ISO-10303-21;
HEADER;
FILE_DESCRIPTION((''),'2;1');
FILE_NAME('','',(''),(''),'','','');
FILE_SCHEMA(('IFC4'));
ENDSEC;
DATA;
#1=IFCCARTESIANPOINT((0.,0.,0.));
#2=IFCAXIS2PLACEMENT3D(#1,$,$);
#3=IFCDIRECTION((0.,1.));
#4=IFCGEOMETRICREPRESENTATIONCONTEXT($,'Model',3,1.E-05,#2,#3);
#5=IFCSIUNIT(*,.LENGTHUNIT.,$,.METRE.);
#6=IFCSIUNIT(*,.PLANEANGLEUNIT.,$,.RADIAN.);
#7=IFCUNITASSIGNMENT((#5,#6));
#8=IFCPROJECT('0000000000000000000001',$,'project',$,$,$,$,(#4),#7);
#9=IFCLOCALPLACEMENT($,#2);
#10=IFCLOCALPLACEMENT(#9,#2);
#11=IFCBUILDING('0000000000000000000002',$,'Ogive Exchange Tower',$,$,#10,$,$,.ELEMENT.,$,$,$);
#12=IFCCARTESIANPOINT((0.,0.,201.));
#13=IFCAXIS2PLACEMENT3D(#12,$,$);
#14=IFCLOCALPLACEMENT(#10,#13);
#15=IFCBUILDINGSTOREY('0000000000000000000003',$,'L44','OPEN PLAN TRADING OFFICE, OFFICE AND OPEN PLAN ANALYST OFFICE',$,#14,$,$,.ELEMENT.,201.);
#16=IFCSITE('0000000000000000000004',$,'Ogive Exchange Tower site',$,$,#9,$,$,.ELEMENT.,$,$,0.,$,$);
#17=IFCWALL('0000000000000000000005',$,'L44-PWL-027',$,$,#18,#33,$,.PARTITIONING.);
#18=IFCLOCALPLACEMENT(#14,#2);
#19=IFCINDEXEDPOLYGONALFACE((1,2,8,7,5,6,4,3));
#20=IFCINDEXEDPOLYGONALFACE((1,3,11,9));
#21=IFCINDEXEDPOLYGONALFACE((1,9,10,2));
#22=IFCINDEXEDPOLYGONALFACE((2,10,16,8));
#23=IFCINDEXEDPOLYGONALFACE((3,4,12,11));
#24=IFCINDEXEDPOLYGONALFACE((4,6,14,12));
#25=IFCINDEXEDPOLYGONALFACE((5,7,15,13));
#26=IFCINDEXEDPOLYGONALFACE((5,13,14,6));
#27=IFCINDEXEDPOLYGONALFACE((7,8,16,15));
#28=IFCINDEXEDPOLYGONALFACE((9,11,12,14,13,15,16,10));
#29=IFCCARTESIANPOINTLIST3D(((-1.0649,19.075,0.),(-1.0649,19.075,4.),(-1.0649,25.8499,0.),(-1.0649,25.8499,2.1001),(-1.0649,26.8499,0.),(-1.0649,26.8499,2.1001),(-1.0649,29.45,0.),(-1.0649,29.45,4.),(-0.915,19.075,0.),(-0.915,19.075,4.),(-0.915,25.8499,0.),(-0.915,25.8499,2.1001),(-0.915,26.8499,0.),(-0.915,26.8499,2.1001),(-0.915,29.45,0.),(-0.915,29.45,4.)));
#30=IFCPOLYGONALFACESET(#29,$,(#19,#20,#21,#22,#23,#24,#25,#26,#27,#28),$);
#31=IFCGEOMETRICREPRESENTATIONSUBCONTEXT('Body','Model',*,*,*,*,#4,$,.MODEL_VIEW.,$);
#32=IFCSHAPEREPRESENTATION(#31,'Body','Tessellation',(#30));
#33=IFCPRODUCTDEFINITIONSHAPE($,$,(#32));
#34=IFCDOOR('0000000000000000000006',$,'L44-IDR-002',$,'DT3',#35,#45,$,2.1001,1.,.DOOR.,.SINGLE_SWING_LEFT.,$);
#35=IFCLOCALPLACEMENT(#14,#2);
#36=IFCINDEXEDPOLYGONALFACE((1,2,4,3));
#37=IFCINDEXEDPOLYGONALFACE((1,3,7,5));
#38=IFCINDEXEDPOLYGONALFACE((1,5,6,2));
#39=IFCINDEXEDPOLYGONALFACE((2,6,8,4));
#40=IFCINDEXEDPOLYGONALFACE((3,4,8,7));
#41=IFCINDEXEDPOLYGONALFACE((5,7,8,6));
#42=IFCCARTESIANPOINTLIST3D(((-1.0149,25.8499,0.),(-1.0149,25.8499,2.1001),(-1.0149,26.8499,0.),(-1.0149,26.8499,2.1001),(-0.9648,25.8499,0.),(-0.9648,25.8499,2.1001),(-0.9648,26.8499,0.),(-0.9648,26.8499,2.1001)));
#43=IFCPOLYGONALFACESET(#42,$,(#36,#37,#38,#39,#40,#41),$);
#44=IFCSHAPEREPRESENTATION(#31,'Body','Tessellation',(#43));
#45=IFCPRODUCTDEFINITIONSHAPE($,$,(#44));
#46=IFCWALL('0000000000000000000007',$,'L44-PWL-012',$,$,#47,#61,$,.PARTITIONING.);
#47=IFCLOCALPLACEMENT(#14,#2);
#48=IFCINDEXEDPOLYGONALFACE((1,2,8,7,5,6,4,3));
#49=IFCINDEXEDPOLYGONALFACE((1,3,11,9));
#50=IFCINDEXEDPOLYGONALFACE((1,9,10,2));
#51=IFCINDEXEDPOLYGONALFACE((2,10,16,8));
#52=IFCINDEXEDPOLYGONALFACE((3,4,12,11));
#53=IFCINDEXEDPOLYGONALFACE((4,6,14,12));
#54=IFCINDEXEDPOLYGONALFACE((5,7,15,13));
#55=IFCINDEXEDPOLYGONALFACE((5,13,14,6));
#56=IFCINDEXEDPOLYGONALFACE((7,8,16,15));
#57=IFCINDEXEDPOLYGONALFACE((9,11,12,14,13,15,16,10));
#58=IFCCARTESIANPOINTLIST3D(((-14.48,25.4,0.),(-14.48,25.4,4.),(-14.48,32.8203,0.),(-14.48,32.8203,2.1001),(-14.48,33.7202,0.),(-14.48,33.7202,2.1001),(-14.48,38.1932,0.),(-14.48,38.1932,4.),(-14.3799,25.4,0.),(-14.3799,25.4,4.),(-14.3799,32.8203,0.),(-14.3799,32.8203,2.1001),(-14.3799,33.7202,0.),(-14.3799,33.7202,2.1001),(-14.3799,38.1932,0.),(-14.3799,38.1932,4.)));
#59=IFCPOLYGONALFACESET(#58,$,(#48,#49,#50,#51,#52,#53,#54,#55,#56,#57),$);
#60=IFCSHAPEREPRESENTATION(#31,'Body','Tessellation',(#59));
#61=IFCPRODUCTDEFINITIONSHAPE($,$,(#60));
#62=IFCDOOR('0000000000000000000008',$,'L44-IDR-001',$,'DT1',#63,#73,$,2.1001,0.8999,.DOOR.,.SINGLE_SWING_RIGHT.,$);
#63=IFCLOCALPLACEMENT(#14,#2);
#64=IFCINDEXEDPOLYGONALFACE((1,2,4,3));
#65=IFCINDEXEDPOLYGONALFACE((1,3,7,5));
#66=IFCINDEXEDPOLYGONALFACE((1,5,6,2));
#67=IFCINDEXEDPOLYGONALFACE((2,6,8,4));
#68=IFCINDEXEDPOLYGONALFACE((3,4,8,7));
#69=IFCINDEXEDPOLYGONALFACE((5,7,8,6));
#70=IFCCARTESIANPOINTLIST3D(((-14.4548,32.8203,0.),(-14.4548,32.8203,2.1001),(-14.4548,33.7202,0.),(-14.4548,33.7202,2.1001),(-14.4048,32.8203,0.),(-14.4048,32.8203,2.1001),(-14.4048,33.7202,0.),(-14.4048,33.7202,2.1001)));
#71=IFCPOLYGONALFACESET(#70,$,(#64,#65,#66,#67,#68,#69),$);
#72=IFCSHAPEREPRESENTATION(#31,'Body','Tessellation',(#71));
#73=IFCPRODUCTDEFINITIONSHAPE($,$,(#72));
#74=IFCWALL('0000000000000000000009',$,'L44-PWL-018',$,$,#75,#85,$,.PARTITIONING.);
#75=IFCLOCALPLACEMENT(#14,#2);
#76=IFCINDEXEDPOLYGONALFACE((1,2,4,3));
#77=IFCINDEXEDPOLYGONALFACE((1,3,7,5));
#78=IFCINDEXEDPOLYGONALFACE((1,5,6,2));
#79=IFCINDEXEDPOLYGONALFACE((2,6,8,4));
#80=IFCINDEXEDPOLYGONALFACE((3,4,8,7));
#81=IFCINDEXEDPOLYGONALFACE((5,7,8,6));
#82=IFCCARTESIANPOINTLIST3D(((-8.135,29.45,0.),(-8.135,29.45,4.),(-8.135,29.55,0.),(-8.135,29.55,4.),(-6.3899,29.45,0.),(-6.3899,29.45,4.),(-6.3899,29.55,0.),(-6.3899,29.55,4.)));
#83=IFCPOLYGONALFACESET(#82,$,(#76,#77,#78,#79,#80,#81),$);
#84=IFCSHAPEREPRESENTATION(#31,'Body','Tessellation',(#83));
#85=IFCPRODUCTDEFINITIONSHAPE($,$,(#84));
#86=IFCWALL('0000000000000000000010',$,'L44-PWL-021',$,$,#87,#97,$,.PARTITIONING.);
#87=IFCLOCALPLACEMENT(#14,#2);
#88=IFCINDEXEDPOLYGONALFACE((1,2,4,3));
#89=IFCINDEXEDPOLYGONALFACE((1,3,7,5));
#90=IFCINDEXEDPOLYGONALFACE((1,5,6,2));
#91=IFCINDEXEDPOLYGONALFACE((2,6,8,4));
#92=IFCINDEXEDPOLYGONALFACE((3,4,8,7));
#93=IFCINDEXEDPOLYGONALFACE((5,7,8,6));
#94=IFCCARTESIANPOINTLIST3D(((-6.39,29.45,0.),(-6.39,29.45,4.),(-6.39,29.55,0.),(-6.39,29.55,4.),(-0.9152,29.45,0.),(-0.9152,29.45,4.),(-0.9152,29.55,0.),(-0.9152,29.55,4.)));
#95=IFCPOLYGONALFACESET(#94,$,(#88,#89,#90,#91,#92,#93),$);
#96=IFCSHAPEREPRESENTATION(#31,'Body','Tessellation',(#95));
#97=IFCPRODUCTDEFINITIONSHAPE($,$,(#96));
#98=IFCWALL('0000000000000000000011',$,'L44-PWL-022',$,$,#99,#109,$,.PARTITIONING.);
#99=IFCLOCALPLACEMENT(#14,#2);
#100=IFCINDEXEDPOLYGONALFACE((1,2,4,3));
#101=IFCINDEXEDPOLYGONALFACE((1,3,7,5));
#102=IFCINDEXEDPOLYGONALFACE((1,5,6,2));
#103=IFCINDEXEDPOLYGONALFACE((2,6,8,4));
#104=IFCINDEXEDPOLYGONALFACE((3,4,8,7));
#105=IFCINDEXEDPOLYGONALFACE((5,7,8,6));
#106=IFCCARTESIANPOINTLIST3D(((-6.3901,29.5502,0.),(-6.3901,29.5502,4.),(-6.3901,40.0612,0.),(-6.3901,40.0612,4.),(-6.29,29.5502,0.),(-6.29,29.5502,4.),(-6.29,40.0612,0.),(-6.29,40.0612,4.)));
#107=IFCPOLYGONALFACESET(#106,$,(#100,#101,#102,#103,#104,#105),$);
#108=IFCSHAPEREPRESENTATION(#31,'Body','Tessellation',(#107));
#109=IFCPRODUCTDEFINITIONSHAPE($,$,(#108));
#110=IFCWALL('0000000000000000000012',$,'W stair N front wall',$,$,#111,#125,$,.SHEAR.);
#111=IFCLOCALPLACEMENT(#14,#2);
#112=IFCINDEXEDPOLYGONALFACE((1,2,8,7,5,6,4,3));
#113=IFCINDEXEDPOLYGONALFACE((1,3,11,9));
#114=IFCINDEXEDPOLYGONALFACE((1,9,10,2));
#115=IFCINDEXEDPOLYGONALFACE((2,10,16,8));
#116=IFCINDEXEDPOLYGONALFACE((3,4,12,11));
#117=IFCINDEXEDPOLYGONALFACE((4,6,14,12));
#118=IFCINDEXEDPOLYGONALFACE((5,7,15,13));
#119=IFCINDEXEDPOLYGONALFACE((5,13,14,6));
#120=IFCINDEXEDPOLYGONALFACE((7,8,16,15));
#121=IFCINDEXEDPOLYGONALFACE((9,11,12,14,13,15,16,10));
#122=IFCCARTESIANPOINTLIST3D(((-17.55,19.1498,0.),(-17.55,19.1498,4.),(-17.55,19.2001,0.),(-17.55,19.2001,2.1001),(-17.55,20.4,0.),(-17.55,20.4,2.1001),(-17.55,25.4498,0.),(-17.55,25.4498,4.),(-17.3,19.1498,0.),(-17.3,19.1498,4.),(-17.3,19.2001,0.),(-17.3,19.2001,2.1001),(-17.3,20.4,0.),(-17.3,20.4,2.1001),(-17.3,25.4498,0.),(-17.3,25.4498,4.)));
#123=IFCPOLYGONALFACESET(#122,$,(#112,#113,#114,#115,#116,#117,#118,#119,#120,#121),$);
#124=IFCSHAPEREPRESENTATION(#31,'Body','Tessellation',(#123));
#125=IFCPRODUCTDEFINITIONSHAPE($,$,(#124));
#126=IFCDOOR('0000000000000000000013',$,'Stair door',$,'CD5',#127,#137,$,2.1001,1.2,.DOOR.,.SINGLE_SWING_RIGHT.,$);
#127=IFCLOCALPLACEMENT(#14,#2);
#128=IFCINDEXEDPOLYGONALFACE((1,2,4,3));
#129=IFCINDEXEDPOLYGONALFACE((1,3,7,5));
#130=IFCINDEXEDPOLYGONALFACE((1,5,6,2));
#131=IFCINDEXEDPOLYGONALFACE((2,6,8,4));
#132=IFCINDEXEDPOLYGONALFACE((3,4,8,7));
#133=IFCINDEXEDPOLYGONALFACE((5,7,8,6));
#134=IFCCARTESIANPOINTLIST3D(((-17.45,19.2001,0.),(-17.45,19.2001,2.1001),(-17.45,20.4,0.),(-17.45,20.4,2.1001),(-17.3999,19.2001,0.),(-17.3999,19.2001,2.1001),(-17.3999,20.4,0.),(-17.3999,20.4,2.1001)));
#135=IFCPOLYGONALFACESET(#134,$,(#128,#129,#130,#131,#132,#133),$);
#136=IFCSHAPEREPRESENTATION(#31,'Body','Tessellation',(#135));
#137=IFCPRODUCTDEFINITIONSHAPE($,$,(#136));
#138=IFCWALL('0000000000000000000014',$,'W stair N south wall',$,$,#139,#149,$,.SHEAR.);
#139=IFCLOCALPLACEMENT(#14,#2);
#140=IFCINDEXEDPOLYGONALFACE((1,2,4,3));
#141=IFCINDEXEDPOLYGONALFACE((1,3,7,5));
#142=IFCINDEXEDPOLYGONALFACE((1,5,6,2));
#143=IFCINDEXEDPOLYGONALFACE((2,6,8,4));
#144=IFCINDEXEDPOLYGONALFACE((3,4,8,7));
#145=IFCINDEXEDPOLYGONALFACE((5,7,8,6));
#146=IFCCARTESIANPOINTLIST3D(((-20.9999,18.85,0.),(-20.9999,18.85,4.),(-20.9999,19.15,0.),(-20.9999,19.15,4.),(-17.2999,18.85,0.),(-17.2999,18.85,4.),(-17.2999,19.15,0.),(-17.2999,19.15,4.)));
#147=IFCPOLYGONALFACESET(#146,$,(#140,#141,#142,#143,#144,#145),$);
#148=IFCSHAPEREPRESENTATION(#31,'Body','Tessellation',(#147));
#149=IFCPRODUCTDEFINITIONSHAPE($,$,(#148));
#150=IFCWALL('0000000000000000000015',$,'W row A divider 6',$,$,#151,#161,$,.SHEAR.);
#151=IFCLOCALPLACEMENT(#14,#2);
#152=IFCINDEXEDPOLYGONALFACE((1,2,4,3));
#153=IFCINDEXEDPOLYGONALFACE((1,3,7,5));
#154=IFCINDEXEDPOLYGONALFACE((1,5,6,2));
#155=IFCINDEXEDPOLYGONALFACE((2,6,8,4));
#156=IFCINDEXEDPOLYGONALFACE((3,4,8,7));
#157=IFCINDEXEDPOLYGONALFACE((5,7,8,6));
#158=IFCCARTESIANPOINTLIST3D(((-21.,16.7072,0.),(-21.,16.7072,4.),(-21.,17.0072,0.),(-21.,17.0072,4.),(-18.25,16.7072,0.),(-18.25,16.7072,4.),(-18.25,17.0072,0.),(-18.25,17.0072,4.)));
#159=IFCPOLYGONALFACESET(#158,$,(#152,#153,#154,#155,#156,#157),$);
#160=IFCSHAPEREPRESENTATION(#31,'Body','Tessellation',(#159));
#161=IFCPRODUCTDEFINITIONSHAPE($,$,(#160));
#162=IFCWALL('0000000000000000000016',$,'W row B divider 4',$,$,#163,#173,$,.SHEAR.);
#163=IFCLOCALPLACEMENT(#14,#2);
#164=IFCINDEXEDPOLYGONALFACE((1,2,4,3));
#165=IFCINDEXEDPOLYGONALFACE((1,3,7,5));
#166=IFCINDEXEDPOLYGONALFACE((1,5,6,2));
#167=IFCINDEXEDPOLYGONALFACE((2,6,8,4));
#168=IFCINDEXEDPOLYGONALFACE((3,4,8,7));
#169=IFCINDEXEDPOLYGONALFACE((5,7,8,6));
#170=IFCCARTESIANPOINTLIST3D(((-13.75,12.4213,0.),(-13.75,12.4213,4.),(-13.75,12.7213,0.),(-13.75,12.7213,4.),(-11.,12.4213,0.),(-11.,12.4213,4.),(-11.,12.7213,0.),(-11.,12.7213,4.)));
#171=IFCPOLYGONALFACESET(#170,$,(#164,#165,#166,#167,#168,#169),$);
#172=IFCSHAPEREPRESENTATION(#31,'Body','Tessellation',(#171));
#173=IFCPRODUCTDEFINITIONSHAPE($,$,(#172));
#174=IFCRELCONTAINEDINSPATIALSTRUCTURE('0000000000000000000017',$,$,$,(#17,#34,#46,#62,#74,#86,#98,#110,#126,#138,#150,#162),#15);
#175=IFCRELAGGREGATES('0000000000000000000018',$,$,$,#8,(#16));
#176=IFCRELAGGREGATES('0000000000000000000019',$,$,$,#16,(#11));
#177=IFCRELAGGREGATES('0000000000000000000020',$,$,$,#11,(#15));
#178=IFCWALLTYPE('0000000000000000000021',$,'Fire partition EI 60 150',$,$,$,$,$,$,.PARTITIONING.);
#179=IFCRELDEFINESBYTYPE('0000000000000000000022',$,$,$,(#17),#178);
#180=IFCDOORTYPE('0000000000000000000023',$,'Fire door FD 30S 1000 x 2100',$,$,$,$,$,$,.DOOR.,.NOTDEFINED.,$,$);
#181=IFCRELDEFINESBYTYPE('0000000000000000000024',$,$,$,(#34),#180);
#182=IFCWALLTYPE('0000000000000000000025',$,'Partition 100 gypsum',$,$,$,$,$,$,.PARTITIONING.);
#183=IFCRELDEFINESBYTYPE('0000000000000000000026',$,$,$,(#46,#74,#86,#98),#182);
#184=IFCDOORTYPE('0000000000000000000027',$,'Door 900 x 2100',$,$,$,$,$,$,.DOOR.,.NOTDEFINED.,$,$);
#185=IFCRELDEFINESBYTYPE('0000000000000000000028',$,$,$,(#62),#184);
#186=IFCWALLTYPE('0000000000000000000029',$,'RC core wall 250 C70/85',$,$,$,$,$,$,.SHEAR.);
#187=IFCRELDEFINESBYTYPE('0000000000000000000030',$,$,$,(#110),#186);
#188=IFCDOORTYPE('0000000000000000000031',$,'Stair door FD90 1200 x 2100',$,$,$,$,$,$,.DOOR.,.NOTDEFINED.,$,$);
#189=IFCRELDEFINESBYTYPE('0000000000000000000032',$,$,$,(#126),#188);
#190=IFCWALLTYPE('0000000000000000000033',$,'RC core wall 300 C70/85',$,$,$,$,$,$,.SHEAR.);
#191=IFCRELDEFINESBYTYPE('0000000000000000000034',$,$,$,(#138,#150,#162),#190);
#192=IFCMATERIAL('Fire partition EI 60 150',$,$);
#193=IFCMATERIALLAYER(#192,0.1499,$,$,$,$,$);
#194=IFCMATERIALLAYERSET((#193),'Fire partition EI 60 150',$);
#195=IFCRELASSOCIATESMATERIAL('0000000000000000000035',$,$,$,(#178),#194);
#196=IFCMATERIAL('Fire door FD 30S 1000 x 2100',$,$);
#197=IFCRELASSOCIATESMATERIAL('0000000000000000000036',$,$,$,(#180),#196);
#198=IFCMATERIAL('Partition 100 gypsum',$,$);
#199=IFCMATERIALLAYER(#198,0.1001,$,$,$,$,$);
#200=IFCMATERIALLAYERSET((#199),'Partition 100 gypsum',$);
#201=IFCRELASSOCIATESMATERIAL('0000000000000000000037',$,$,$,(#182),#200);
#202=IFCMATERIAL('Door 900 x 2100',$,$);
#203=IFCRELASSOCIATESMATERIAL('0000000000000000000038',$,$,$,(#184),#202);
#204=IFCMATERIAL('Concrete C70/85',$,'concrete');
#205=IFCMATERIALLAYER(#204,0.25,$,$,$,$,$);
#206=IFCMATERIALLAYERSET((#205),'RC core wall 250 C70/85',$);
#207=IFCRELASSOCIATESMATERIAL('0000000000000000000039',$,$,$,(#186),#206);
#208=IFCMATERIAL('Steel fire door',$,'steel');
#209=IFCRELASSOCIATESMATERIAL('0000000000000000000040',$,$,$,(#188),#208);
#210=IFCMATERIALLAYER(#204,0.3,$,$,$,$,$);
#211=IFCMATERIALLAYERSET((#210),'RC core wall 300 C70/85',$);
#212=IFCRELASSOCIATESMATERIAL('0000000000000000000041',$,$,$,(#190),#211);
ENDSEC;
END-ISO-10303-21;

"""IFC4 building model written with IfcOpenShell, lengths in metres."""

from ifc_helpers import new_model, si_unit, direction, frame, frame_2d, origin, place, context, subcontext, project, spatial, rectangle, extrude, material, layer, layer_set, type_object, element, fill, save


model = new_model("IFC4")

# Units and contexts
model_context = context("Model", 3, precision=1e-05, world=origin(), true_north=direction((0.0, 1.0)))
body_context = subcontext(model_context, "Body", "Model", "MODEL_VIEW")
ifc_project = project(units=[si_unit("LENGTHUNIT", "METRE"), si_unit("PLANEANGLEUNIT", "RADIAN")], contexts=[model_context])

# Site, building, storey
site_placement = place(None, origin())
site = spatial("IfcSite", under=ifc_project, at=site_placement, Name="Ogive Exchange Tower site", CompositionType="ELEMENT", RefElevation=0.0)
building_placement = place(site_placement, origin())
building = spatial("IfcBuilding", under=site, at=building_placement, Name="Ogive Exchange Tower", CompositionType="ELEMENT")
storey_placement = place(building_placement, frame((0.0, 0.0, 201.0)))
storey = spatial("IfcBuildingStorey", under=building, at=storey_placement, Name="L44", Description="OPEN PLAN TRADING OFFICE, OFFICE AND OPEN PLAN ANALYST OFFICE", CompositionType="ELEMENT", Elevation=201.0)

# Shared definitions
ifc_material_1 = material(Name="Fire partition EI 60 150")
ifc_layer_1 = layer(ifc_material_1, 0.1499)
ifc_layer_set_1 = layer_set([ifc_layer_1], Name="Fire partition EI 60 150")
wall_type_1 = type_object("IfcWallType", Name="Fire partition EI 60 150", PredefinedType="PARTITIONING", material=ifc_layer_set_1)

# Shared definitions
ifc_material_2 = material(Name="Fire door FD 30S 1000 x 2100")
door_type_1 = type_object("IfcDoorType", Name="Fire door FD 30S 1000 x 2100", OperationType="NOTDEFINED", PredefinedType="DOOR", material=ifc_material_2)

# Walls, openings, doors
wall_1_placement = place(storey_placement, frame((-0.99, 19.075, 0.0), z_axis=(0.0, 0.0, 1.0), x_axis=(0.0, 1.0, 0.0)))
wall_1 = element("IfcWall", 1, at=wall_1_placement, inside=storey, type_object=wall_type_1, Name="L44-PWL-027", PredefinedType="PARTITIONING", context=body_context, shape_type="SweptSolid", body=[
    extrude(rectangle(XDim=10.375, YDim=0.1499, at=frame_2d((5.1875, 0.0))), origin(), (0.0, 0.0, 1.0), 4.0),
])
opening_1_placement = place(wall_1_placement, frame((6.7749, 0.0, 0.0)))
opening_1 = element("IfcOpeningElement", 2, at=opening_1_placement, cuts=wall_1, PredefinedType="OPENING", context=body_context, shape_type="SweptSolid", body=[
    extrude(rectangle(XDim=1.0, YDim=2.1001, at=frame_2d((0.5, 1.05))), frame((0.0, 0.085, 0.0), z_axis=(0.0, -1.0, 0.0), x_axis=(1.0, 0.0, 0.0)), (0.0, 0.0, 1.0), 0.1699),
])
door_1_placement = place(opening_1_placement, origin())
door_1 = element("IfcDoor", 3, at=door_1_placement, inside=storey, type_object=door_type_1, Name="L44-IDR-002", ObjectType="DT3", OperationType="SINGLE_SWING_LEFT", OverallHeight=2.1001, OverallWidth=1.0, PredefinedType="DOOR", context=body_context, shape_type="SweptSolid", body=[
    extrude(rectangle(XDim=1.0, YDim=2.1001, at=frame_2d((0.5, 1.05))), frame((0.0, 0.0249, 0.0), z_axis=(0.0, -1.0, 0.0), x_axis=(1.0, 0.0, 0.0)), (0.0, 0.0, 1.0), 0.05),
])
fill(opening_1, door_1)
ifc_material_3 = material(Name="Partition 100 gypsum")
ifc_layer_2 = layer(ifc_material_3, 0.1001)
ifc_layer_set_2 = layer_set([ifc_layer_2], Name="Partition 100 gypsum")
wall_type_2 = type_object("IfcWallType", Name="Partition 100 gypsum", PredefinedType="PARTITIONING", material=ifc_layer_set_2)
wall_2_placement = place(storey_placement, frame((-14.4299, 38.1931, 0.0), z_axis=(0.0, 0.0, 1.0), x_axis=(0.0, -1.0, 0.0)))
wall_2 = element("IfcWall", 4, at=wall_2_placement, inside=storey, type_object=wall_type_2, Name="L44-PWL-012", PredefinedType="PARTITIONING", context=body_context, shape_type="SweptSolid", body=[
    extrude(rectangle(XDim=12.7932, YDim=0.1001, at=frame_2d((6.3965, 0.0))), origin(), (0.0, 0.0, 1.0), 4.0),
])
opening_2_placement = place(wall_2_placement, frame((4.4729, 0.0, 0.0)))
opening_2 = element("IfcOpeningElement", 5, at=opening_2_placement, cuts=wall_2, PredefinedType="OPENING", context=body_context, shape_type="SweptSolid", body=[
    extrude(rectangle(XDim=0.8999, YDim=2.1001, at=frame_2d((0.45, 1.05))), frame((0.0, 0.0601, 0.0), z_axis=(0.0, -1.0, 0.0), x_axis=(1.0, 0.0, 0.0)), (0.0, 0.0, 1.0), 0.1201),
])
ifc_material_4 = material(Name="Door 900 x 2100")
door_type_2 = type_object("IfcDoorType", Name="Door 900 x 2100", OperationType="NOTDEFINED", PredefinedType="DOOR", material=ifc_material_4)
door_2_placement = place(opening_2_placement, frame((0.8999, 0.0, 0.0), z_axis=(0.0, 0.0, 1.0), x_axis=(-1.0, 0.0, 0.0)))
door_2 = element("IfcDoor", 6, at=door_2_placement, inside=storey, type_object=door_type_2, Name="L44-IDR-001", ObjectType="DT1", OperationType="SINGLE_SWING_RIGHT", OverallHeight=2.1001, OverallWidth=0.8999, PredefinedType="DOOR", context=body_context, shape_type="SweptSolid", body=[
    extrude(rectangle(XDim=0.8999, YDim=2.1001, at=frame_2d((0.45, 1.05))), frame((0.0, 0.0249, 0.0), z_axis=(0.0, -1.0, 0.0), x_axis=(1.0, 0.0, 0.0)), (0.0, 0.0, 1.0), 0.05),
])
fill(opening_2, door_2)

# Walls
wall_3_placement = place(storey_placement, frame((-8.135, 29.5, 0.0), z_axis=(0.0, 0.0, 1.0), x_axis=(1.0, 0.0, 0.0)))
element("IfcWall", 7, at=wall_3_placement, inside=storey, type_object=wall_type_2, Name="L44-PWL-018", PredefinedType="PARTITIONING", context=body_context, shape_type="SweptSolid", body=[
    extrude(rectangle(XDim=1.7451, YDim=0.1001, at=frame_2d((0.8726, 0.0))), origin(), (0.0, 0.0, 1.0), 4.0),
])
wall_4_placement = place(storey_placement, frame((-6.3899, 29.5, 0.0), z_axis=(0.0, 0.0, 1.0), x_axis=(1.0, 0.0, 0.0)))
element("IfcWall", 8, at=wall_4_placement, inside=storey, type_object=wall_type_2, Name="L44-PWL-021", PredefinedType="PARTITIONING", context=body_context, shape_type="SweptSolid", body=[
    extrude(rectangle(XDim=5.4749, YDim=0.1001, at=frame_2d((2.7373, 0.0))), origin(), (0.0, 0.0, 1.0), 4.0),
])
wall_5_placement = place(storey_placement, frame((-6.3401, 40.061, 0.0), z_axis=(0.0, 0.0, 1.0), x_axis=(0.0, -1.0, 0.0)))
element("IfcWall", 9, at=wall_5_placement, inside=storey, type_object=wall_type_2, Name="L44-PWL-022", PredefinedType="PARTITIONING", context=body_context, shape_type="SweptSolid", body=[
    extrude(rectangle(XDim=10.511, YDim=0.1001, at=frame_2d((5.2554, 0.0))), origin(), (0.0, 0.0, 1.0), 4.0),
])

# Wall, opening, door
ifc_material_5 = material(Name="Concrete C70/85", Category="concrete")
ifc_layer_3 = layer(ifc_material_5, 0.25)
ifc_layer_set_3 = layer_set([ifc_layer_3], Name="RC core wall 250 C70/85")
wall_type_3 = type_object("IfcWallType", Name="RC core wall 250 C70/85", PredefinedType="SHEAR", material=ifc_layer_set_3)
wall_6_placement = place(storey_placement, frame((-17.425, 19.1499, 0.0), z_axis=(0.0, 0.0, 1.0), x_axis=(0.0, 1.0, 0.0)))
wall_6 = element("IfcWall", 10, at=wall_6_placement, inside=storey, type_object=wall_type_3, Name="W stair N front wall", PredefinedType="SHEAR", context=body_context, shape_type="SweptSolid", body=[
    extrude(rectangle(XDim=6.3, YDim=0.25, at=frame_2d((3.1499, 0.0))), origin(), (0.0, 0.0, 1.0), 4.0),
])
opening_3_placement = place(wall_6_placement, frame((0.05, 0.0, 0.0)))
opening_3 = element("IfcOpeningElement", 11, at=opening_3_placement, cuts=wall_6, PredefinedType="OPENING", context=body_context, shape_type="SweptSolid", body=[
    extrude(rectangle(XDim=1.2, YDim=2.1001, at=frame_2d((0.6001, 1.05))), frame((0.0, 0.135, 0.0), z_axis=(0.0, -1.0, 0.0), x_axis=(1.0, 0.0, 0.0)), (0.0, 0.0, 1.0), 0.27),
])
ifc_material_6 = material(Name="Steel fire door", Category="steel")
door_type_3 = type_object("IfcDoorType", Name="Stair door FD90 1200 x 2100", OperationType="NOTDEFINED", PredefinedType="DOOR", material=ifc_material_6)
door_3_placement = place(opening_3_placement, origin())
door_3 = element("IfcDoor", 12, at=door_3_placement, inside=storey, type_object=door_type_3, Name="Stair door", ObjectType="CD5", OperationType="SINGLE_SWING_RIGHT", OverallHeight=2.1001, OverallWidth=1.2, PredefinedType="DOOR", context=body_context, shape_type="SweptSolid", body=[
    extrude(rectangle(XDim=1.2, YDim=2.1001, at=frame_2d((0.6001, 1.05))), frame((0.0, 0.0249, 0.0), z_axis=(0.0, -1.0, 0.0), x_axis=(1.0, 0.0, 0.0)), (0.0, 0.0, 1.0), 0.05),
])
fill(opening_3, door_3)

# Walls
ifc_layer_4 = layer(ifc_material_5, 0.3)
ifc_layer_set_4 = layer_set([ifc_layer_4], Name="RC core wall 300 C70/85")
wall_type_4 = type_object("IfcWallType", Name="RC core wall 300 C70/85", PredefinedType="SHEAR", material=ifc_layer_set_4)
wall_7_placement = place(storey_placement, frame((-21.0, 19.0, 0.0), z_axis=(0.0, 0.0, 1.0), x_axis=(1.0, 0.0, 0.0)))
element("IfcWall", 13, at=wall_7_placement, inside=storey, type_object=wall_type_4, Name="W stair N south wall", PredefinedType="SHEAR", context=body_context, shape_type="SweptSolid", body=[
    extrude(rectangle(XDim=3.7, YDim=0.3, at=frame_2d((1.8501, 0.0))), origin(), (0.0, 0.0, 1.0), 4.0),
])
for number, where, z_axis, x_axis, name in (
    (14, (-21.0, 16.8572, 0.0), (0.0, 0.0, 1.0), (1.0, 0.0, 0.0), "W row A divider 6"),
    (15, (-13.75, 12.5713, 0.0), (0.0, 0.0, 1.0), (1.0, 0.0, 0.0), "W row B divider 4"),
):
    element("IfcWall", number, at=place(storey_placement, frame(where, z_axis=z_axis, x_axis=x_axis)), inside=storey, type_object=wall_type_4, Name=name, PredefinedType="SHEAR", context=body_context, shape_type="SweptSolid", body=[
        extrude(rectangle(XDim=2.75, YDim=0.3, at=frame_2d((1.375, 0.0))), origin(), (0.0, 0.0, 1.0), 4.0),
    ])

save(model, "model.ifc")
